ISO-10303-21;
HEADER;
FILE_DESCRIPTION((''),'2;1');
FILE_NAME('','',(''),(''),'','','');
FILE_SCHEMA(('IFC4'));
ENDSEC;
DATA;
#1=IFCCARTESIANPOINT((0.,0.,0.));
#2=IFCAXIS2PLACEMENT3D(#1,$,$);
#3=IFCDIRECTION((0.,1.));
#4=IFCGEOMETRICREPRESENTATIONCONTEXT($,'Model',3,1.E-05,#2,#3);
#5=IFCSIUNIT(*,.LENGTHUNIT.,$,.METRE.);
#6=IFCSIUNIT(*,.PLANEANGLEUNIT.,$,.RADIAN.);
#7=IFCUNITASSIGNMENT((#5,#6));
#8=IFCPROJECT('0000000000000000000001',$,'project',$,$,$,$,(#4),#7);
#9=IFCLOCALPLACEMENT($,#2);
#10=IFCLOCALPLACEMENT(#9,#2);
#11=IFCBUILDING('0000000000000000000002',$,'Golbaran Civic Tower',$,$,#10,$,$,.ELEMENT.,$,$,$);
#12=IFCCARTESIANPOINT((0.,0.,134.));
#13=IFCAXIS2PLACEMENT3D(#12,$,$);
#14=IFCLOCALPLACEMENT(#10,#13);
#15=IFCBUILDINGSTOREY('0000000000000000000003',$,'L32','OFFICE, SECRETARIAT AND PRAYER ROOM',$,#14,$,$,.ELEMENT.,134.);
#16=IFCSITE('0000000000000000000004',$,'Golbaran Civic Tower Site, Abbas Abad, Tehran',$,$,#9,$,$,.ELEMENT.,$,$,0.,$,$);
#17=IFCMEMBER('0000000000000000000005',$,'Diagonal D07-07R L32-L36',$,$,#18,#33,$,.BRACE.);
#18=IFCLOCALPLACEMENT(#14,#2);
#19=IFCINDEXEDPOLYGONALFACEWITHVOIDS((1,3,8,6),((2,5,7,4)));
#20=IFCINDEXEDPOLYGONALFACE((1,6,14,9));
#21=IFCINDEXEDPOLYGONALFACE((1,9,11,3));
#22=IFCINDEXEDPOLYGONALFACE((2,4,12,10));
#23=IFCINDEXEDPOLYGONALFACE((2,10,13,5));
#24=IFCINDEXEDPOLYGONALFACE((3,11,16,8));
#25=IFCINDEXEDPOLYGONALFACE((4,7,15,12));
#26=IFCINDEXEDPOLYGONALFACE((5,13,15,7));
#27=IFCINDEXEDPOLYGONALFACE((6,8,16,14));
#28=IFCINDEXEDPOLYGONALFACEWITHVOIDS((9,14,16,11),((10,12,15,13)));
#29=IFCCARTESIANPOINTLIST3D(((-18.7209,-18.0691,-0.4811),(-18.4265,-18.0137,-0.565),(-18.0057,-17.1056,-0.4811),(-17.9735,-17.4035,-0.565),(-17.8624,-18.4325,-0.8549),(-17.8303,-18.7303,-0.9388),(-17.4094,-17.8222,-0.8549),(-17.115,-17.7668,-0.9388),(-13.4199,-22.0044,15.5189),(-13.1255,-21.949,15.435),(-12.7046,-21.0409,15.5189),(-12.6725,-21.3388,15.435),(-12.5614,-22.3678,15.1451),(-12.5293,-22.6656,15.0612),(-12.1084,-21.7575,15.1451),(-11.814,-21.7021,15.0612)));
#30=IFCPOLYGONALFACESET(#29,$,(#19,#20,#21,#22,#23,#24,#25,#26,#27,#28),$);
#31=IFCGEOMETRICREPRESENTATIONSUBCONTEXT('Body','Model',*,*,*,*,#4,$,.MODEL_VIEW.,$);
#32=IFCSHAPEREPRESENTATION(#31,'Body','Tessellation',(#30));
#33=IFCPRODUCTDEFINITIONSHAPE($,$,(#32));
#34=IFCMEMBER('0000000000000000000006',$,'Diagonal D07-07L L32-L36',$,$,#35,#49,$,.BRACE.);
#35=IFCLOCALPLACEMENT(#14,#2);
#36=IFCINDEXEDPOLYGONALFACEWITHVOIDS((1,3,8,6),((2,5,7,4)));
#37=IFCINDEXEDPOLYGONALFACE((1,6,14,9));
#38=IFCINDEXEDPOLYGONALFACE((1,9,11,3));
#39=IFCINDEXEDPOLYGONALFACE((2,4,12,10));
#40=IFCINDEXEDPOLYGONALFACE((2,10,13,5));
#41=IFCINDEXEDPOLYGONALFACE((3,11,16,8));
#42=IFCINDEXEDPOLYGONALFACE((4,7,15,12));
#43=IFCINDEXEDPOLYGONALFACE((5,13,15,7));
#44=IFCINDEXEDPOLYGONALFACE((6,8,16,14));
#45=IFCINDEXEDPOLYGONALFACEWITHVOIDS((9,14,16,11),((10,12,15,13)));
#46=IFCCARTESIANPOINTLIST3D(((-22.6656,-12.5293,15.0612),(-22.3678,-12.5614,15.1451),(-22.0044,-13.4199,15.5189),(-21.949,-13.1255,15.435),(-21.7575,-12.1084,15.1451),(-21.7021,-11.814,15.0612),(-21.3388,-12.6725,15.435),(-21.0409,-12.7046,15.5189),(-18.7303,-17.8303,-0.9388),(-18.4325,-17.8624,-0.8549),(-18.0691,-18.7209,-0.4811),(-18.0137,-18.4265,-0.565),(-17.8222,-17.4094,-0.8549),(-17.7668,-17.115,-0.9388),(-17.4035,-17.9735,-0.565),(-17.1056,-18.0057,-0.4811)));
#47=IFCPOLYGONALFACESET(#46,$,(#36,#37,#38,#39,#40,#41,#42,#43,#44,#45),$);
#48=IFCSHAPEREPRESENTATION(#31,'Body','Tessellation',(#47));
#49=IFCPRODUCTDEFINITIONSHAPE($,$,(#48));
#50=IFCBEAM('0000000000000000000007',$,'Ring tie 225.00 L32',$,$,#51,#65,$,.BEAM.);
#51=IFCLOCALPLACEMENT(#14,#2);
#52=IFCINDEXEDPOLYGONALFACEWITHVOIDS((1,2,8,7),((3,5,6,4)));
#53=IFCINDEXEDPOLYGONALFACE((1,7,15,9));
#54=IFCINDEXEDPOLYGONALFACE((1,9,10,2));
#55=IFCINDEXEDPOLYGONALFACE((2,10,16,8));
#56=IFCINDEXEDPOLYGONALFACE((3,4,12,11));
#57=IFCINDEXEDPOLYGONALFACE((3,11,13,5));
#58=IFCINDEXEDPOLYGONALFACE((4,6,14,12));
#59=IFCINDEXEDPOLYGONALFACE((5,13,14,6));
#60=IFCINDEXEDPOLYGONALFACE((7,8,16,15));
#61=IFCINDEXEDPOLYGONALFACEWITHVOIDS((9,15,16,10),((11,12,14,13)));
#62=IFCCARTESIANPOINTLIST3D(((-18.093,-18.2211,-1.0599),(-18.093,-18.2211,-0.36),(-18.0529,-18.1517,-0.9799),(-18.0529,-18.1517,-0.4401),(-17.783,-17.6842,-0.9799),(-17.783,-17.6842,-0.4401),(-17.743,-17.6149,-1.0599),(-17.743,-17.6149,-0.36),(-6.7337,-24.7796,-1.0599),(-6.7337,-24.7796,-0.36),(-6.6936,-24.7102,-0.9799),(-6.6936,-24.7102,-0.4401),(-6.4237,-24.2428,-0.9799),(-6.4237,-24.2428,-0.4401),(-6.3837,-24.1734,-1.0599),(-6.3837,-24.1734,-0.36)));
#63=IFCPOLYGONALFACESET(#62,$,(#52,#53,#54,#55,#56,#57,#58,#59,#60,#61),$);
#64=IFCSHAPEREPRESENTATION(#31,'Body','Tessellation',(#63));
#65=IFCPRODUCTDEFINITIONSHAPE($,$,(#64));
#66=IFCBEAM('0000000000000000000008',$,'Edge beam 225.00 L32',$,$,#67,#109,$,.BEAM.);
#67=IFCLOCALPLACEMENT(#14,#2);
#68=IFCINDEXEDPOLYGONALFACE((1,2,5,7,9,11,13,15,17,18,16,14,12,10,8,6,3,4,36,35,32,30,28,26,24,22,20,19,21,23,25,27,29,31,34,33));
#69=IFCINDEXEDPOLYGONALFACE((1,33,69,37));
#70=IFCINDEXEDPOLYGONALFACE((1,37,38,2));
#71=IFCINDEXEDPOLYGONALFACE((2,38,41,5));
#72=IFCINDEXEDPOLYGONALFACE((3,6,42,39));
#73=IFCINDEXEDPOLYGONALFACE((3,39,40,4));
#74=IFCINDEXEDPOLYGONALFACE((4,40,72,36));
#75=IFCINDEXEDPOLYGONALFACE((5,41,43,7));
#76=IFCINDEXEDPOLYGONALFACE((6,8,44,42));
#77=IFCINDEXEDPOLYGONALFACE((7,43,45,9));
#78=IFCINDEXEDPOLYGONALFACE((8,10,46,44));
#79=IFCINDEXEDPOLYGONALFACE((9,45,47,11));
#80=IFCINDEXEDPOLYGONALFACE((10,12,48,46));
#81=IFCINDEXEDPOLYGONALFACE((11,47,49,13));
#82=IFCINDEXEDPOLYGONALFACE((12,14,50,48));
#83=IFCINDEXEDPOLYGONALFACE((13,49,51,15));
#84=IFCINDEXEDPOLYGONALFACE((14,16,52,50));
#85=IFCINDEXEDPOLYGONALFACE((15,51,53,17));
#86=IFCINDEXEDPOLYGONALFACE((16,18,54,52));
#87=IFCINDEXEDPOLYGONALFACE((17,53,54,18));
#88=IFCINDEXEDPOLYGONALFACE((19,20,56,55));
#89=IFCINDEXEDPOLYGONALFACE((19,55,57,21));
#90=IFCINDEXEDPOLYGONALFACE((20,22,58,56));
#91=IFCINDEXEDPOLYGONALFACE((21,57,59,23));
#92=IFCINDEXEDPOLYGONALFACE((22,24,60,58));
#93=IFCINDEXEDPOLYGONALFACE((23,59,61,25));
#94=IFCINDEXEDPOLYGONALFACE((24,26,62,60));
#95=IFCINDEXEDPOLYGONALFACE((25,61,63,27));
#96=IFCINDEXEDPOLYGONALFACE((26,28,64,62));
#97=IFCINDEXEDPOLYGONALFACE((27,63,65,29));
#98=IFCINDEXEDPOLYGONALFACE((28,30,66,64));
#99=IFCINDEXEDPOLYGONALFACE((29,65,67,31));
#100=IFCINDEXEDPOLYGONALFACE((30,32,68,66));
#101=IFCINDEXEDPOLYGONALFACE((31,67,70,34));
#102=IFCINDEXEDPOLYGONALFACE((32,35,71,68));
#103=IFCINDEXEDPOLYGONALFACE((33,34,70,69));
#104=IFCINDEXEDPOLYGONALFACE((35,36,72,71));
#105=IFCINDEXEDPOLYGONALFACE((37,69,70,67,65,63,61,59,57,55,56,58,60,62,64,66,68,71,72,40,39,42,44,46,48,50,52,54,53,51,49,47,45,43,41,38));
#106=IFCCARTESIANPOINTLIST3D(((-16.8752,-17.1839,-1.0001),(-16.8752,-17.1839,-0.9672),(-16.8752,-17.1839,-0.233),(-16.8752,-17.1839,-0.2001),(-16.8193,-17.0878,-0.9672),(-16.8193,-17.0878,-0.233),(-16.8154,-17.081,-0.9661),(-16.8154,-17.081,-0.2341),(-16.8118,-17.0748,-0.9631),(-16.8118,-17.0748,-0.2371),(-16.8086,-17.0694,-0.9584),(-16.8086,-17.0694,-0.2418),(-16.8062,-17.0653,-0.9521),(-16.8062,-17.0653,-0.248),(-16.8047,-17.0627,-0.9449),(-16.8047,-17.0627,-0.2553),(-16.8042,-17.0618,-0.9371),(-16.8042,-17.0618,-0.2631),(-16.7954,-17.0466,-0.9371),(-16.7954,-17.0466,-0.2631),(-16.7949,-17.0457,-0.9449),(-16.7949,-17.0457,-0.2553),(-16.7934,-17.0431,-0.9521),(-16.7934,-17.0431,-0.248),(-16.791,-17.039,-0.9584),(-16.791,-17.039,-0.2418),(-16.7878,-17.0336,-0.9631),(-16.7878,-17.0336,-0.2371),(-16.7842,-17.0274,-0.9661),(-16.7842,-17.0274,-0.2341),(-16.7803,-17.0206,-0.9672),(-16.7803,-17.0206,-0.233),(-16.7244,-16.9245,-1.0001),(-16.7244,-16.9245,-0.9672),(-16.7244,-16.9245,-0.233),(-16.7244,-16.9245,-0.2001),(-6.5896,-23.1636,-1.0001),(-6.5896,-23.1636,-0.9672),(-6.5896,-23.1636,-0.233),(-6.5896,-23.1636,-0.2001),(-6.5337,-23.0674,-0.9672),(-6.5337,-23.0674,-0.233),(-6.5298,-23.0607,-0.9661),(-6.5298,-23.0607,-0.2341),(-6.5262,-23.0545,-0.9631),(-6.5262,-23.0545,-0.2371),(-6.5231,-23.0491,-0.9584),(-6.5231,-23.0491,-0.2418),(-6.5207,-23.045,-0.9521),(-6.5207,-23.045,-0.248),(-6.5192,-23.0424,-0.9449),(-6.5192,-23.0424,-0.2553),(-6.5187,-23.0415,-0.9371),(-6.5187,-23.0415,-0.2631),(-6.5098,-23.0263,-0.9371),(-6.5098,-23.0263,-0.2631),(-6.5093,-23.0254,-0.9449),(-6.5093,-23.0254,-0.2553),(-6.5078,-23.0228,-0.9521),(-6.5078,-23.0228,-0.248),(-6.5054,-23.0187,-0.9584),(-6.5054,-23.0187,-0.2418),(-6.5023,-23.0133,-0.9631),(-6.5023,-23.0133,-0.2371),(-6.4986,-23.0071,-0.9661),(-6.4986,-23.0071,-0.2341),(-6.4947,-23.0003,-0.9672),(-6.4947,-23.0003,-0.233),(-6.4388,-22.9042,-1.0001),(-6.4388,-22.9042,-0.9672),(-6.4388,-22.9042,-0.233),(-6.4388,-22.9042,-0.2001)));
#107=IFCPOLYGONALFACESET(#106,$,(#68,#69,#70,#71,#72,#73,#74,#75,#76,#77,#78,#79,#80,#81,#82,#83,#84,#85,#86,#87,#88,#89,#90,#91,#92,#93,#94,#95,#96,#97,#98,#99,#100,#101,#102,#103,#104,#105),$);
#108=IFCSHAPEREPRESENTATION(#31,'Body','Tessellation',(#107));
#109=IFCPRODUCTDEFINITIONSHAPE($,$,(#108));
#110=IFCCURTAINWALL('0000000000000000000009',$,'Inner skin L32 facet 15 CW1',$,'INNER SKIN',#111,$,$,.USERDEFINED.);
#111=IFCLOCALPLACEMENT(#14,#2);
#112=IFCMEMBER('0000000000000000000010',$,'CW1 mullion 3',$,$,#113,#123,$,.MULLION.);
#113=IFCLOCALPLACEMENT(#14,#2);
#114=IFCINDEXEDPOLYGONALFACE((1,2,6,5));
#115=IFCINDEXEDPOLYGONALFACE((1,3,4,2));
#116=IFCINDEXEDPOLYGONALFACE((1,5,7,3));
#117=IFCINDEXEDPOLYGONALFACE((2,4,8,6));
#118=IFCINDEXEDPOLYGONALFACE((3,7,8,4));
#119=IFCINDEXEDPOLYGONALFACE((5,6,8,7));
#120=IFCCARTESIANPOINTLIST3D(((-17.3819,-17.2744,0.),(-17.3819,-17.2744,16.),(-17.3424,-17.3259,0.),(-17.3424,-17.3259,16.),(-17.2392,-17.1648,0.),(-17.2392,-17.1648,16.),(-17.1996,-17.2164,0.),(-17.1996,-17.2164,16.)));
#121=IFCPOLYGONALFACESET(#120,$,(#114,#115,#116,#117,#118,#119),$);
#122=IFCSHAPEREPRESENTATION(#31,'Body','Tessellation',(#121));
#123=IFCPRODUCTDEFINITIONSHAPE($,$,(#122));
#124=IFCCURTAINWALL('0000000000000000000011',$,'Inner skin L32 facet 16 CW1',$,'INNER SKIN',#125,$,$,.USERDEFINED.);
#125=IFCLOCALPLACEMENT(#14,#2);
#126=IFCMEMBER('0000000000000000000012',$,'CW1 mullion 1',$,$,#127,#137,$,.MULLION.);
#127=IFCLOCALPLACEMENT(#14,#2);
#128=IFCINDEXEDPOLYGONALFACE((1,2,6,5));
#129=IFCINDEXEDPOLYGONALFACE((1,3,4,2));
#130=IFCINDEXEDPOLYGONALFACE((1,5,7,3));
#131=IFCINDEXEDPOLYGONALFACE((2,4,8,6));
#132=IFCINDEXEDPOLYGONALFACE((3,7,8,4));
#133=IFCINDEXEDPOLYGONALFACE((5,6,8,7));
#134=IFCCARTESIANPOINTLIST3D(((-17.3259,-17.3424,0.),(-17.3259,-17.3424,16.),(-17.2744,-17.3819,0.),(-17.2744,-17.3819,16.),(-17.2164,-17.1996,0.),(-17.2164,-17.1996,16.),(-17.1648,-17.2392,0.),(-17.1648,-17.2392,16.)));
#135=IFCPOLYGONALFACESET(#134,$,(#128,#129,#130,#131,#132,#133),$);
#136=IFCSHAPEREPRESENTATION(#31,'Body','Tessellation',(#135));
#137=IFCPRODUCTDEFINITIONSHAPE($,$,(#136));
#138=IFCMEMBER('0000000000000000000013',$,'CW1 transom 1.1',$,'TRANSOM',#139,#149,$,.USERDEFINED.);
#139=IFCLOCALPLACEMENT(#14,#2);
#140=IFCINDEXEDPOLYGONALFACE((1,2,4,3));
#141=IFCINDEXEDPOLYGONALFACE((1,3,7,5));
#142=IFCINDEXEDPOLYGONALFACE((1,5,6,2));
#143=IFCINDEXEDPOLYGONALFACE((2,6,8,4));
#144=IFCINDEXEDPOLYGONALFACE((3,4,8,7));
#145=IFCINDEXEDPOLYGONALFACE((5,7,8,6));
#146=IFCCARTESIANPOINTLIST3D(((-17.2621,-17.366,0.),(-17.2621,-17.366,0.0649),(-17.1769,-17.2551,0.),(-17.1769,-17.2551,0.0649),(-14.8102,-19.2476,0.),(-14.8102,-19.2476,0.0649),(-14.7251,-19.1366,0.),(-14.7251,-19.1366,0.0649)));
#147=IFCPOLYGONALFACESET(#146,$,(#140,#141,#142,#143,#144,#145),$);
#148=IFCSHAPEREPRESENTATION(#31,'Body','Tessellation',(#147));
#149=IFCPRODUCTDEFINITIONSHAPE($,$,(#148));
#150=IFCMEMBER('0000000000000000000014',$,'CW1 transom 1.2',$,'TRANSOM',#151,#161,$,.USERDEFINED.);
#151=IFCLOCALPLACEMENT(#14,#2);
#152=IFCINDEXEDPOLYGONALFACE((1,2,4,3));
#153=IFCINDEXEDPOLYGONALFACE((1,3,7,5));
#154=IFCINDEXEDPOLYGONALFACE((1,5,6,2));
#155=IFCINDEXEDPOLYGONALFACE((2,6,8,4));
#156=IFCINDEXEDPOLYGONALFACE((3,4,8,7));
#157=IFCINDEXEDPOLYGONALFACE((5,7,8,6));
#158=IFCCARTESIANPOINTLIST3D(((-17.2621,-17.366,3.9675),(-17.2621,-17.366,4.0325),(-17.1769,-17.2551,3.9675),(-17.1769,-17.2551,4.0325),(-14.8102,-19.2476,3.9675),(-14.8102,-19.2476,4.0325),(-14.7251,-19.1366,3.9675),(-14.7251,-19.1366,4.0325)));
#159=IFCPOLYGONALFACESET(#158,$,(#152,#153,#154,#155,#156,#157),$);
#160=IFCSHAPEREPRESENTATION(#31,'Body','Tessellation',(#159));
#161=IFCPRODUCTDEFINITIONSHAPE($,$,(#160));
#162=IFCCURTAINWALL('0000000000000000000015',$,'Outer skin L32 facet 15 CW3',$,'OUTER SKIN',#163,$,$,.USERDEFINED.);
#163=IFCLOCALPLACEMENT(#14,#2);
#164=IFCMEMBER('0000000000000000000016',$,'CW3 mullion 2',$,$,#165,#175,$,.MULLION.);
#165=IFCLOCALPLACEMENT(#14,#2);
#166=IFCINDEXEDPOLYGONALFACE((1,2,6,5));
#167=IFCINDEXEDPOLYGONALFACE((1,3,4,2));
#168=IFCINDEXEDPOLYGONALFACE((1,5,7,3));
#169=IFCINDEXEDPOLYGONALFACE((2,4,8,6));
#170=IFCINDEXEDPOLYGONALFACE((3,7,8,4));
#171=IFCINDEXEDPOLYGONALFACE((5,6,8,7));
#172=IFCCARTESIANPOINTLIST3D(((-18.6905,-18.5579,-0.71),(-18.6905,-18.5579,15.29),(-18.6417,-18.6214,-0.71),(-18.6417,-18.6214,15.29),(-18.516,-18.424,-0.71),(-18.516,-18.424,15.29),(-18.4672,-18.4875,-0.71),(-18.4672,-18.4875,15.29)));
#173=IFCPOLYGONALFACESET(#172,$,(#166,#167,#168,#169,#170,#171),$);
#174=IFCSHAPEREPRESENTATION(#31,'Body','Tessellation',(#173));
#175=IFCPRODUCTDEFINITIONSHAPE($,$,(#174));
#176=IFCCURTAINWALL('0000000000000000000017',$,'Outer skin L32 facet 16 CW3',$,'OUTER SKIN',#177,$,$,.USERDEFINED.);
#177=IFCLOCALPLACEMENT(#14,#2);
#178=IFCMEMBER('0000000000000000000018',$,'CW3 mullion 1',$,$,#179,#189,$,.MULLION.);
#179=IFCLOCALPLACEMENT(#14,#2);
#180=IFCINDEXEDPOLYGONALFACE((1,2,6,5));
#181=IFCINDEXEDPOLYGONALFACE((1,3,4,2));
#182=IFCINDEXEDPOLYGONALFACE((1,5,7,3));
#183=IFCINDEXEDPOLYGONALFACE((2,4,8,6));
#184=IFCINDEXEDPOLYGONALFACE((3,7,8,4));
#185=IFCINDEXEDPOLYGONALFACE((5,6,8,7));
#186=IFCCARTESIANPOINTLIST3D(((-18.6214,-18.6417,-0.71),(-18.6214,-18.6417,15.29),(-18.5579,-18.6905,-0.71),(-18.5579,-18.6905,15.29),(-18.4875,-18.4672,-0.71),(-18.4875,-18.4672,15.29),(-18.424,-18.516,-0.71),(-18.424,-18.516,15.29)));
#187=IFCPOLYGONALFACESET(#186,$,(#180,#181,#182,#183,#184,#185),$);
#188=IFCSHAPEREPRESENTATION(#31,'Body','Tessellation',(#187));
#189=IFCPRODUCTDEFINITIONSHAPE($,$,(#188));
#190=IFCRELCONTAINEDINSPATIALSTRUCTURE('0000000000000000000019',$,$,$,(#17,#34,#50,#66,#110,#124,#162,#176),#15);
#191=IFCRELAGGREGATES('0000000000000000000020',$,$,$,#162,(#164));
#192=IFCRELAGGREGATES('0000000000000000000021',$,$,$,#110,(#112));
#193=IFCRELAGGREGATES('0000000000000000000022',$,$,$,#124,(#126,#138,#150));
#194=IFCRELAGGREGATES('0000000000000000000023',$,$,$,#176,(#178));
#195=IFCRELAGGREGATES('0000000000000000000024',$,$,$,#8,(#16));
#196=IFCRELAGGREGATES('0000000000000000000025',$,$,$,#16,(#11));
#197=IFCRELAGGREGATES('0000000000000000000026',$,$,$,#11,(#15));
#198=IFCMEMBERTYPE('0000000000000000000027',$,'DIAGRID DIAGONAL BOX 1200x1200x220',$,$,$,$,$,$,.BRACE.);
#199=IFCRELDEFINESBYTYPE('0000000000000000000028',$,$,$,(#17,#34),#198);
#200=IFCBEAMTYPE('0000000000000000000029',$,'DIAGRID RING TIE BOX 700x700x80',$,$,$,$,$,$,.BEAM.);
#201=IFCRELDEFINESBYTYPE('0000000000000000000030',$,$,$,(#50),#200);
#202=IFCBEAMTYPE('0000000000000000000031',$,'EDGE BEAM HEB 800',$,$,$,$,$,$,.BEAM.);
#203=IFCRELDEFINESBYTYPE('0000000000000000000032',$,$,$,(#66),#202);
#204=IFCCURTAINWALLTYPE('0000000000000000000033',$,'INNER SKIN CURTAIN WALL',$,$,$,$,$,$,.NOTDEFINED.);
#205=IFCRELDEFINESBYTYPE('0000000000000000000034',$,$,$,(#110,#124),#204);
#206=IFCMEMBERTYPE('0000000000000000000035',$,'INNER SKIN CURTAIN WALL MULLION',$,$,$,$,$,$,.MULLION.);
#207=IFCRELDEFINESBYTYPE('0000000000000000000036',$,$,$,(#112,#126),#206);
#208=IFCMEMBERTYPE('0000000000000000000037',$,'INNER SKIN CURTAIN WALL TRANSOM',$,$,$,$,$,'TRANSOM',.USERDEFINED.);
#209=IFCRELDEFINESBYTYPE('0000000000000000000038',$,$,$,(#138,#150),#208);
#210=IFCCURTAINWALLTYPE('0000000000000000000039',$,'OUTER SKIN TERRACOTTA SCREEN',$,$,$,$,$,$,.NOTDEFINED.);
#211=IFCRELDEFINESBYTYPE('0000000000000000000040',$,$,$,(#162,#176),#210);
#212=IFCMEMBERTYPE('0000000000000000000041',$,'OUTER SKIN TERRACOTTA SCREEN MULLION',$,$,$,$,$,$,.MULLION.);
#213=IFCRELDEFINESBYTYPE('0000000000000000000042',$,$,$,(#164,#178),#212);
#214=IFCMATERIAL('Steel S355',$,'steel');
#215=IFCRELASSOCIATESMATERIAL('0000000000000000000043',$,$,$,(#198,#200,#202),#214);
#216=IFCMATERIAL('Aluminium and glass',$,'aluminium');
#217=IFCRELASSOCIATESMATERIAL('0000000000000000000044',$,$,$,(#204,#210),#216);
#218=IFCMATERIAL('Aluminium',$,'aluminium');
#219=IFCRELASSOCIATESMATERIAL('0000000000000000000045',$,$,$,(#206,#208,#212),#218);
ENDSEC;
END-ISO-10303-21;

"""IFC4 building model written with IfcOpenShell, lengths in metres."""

from ifc_helpers import new_model, si_unit, direction, frame, origin, origin_2d, place, context, subcontext, project, spatial, rectangle, hollow_rectangle, i_section, extrude, material, material_profile, profile_set, type_object, element, aggregate, save


model = new_model("IFC4")

# Units and contexts
model_context = context("Model", 3, precision=1e-05, world=origin(), true_north=direction((0.0, 1.0)))
body_context = subcontext(model_context, "Body", "Model", "MODEL_VIEW")
ifc_project = project(units=[si_unit("LENGTHUNIT", "METRE"), si_unit("PLANEANGLEUNIT", "RADIAN")], contexts=[model_context])

# Site, building, storey
site_placement = place(None, origin())
site = spatial("IfcSite", under=ifc_project, at=site_placement, Name="Golbaran Civic Tower Site, Abbas Abad, Tehran", CompositionType="ELEMENT", RefElevation=0.0)
building_placement = place(site_placement, origin())
building = spatial("IfcBuilding", under=site, at=building_placement, Name="Golbaran Civic Tower", CompositionType="ELEMENT")
storey_placement = place(building_placement, frame((0.0, 0.0, 134.0)))
storey = spatial("IfcBuildingStorey", under=building, at=storey_placement, Name="L32", Description="OFFICE, SECRETARIAT AND PRAYER ROOM", CompositionType="ELEMENT", Elevation=134.0)

# Members
ifc_material_1 = material(Name="Steel S355", Category="steel")
ifc_material_profile_1 = material_profile(ifc_material_1, hollow_rectangle(XDim=1.2, YDim=1.2, WallThickness=0.22, at=origin_2d()), Name="BOX 1200x1200x220")
ifc_profile_set_1 = profile_set([ifc_material_profile_1], Name="Steel S355")
member_type_1 = type_object("IfcMemberType", Name="DIAGRID DIAGONAL BOX 1200x1200x220", PredefinedType="BRACE", material=ifc_profile_set_1)
for number, where, z_axis, x_axis, name in (
    (1, (-17.918, -17.918, -0.71), (0.306265, -0.227361, 0.924396), (0.59607, 0.802932, 0.0), "Diagonal D07-07R L32-L36"),
    (2, (-17.918, -17.918, -0.71), (-0.227361, 0.306265, 0.924396), (-0.802932, -0.59607, 0.0), "Diagonal D07-07L L32-L36"),
):
    element("IfcMember", number, at=place(storey_placement, frame(where, z_axis=z_axis, x_axis=x_axis)), inside=storey, type_object=member_type_1, Name=name, PredefinedType="BRACE", context=body_context, shape_type="SweptSolid", body=[
        extrude(hollow_rectangle(XDim=1.2, YDim=1.2, WallThickness=0.22, at=origin_2d()), origin(), (0.0, 0.0, 1.0), 17.3086),
    ])

# Beams
ifc_material_profile_2 = material_profile(ifc_material_1, hollow_rectangle(XDim=0.7, YDim=0.7, WallThickness=0.0801, at=origin_2d()), Name="BOX 700x700x80")
ifc_profile_set_2 = profile_set([ifc_material_profile_2], Name="Steel S355")
beam_type_1 = type_object("IfcBeamType", Name="DIAGRID RING TIE BOX 700x700x80", PredefinedType="BEAM", material=ifc_profile_set_2)
beam_1_placement = place(storey_placement, frame((-17.918, -17.918, -0.71), z_axis=(0.866017, -0.500015, 0.0), x_axis=(0.500015, 0.866017, 0.0)))
element("IfcBeam", 3, at=beam_1_placement, inside=storey, type_object=beam_type_1, Name="Ring tie 225.00 L32", PredefinedType="BEAM", context=body_context, shape_type="SweptSolid", body=[
    extrude(hollow_rectangle(XDim=0.7, YDim=0.7, WallThickness=0.0801, at=origin_2d()), origin(), (0.0, 0.0, 1.0), 13.1167),
])
ifc_material_profile_3 = material_profile(ifc_material_1, i_section(OverallWidth=0.3, OverallDepth=0.8, WebThickness=0.0176, FlangeThickness=0.033, FilletRadius=0.03, at=origin_2d()), Name="HEB 800")
ifc_profile_set_3 = profile_set([ifc_material_profile_3], Name="Steel S355")
beam_type_2 = type_object("IfcBeamType", Name="EDGE BEAM HEB 800", PredefinedType="BEAM", material=ifc_profile_set_3)
beam_2_placement = place(storey_placement, frame((-16.7998, -17.0542, -0.6001), z_axis=(0.864518, -0.502602, 0.0), x_axis=(0.502602, 0.864518, 0.0)))
element("IfcBeam", 4, at=beam_2_placement, inside=storey, type_object=beam_type_2, Name="Edge beam 225.00 L32", PredefinedType="BEAM", context=body_context, shape_type="SweptSolid", body=[
    extrude(i_section(OverallWidth=0.3, OverallDepth=0.8, WebThickness=0.0176, FlangeThickness=0.033, FilletRadius=0.03, at=origin_2d()), origin(), (0.0, 0.0, 1.0), 11.8975),
])

# Curtain wall, member
ifc_material_2 = material(Name="Aluminium and glass", Category="aluminium")
curtain_wall_type_1 = type_object("IfcCurtainWallType", Name="INNER SKIN CURTAIN WALL", PredefinedType="NOTDEFINED", material=ifc_material_2)
curtain_wall_1_placement = place(storey_placement, origin())
curtain_wall_1 = element("IfcCurtainWall", 5, at=curtain_wall_1_placement, inside=storey, type_object=curtain_wall_type_1, Name="Inner skin L32 facet 15 CW1", ObjectType="INNER SKIN", PredefinedType="USERDEFINED")
ifc_material_3 = material(Name="Aluminium", Category="aluminium")
ifc_material_profile_4 = material_profile(ifc_material_3, rectangle(XDim=0.1799, YDim=0.0649, at=origin_2d()), Name="INNER SKIN CURTAIN WALL MULLION")
ifc_profile_set_4 = profile_set([ifc_material_profile_4], Name="Aluminium")
member_type_2 = type_object("IfcMemberType", Name="INNER SKIN CURTAIN WALL MULLION", PredefinedType="MULLION", material=ifc_profile_set_4)
member_1_placement = place(storey_placement, frame((-17.2908, -17.2454, 0.0), z_axis=(0.0, 0.0, 1.0), x_axis=(0.793353, 0.608761, 0.0)))
member_1 = element("IfcMember", 6, at=member_1_placement, type_object=member_type_2, Name="CW1 mullion 3", PredefinedType="MULLION", context=body_context, shape_type="SweptSolid", body=[
    extrude(rectangle(XDim=0.1799, YDim=0.0649, at=origin_2d()), origin(), (0.0, 0.0, 1.0), 16.0),
])

# Curtain wall, members
curtain_wall_2_placement = place(storey_placement, origin())
curtain_wall_2 = element("IfcCurtainWall", 7, at=curtain_wall_2_placement, inside=storey, type_object=curtain_wall_type_1, Name="Inner skin L32 facet 16 CW1", ObjectType="INNER SKIN", PredefinedType="USERDEFINED")
member_2_placement = place(storey_placement, frame((-17.2454, -17.2908, 0.0), z_axis=(0.0, 0.0, 1.0), x_axis=(0.608761, 0.793353, 0.0)))
member_2 = element("IfcMember", 8, at=member_2_placement, type_object=member_type_2, Name="CW1 mullion 1", PredefinedType="MULLION", context=body_context, shape_type="SweptSolid", body=[
    extrude(rectangle(XDim=0.1799, YDim=0.0649, at=origin_2d()), origin(), (0.0, 0.0, 1.0), 16.0),
])
ifc_material_profile_5 = material_profile(ifc_material_3, rectangle(XDim=0.1399, YDim=0.0649, at=origin_2d()), Name="INNER SKIN CURTAIN WALL TRANSOM")
ifc_profile_set_5 = profile_set([ifc_material_profile_5], Name="Aluminium")
member_type_3 = type_object("IfcMemberType", Name="INNER SKIN CURTAIN WALL TRANSOM", ElementType="TRANSOM", PredefinedType="USERDEFINED", material=ifc_profile_set_5)
member_3_placement = place(storey_placement, frame((-17.2195, -17.3105, 0.0325), z_axis=(0.793325, -0.608798, 0.0), x_axis=(0.608798, 0.793325, 0.0)))
member_3 = element("IfcMember", 9, at=member_3_placement, type_object=member_type_3, Name="CW1 transom 1.1", ObjectType="TRANSOM", PredefinedType="USERDEFINED", context=body_context, shape_type="SweptSolid", body=[
    extrude(rectangle(XDim=0.1399, YDim=0.0649, at=origin_2d()), origin(), (0.0, 0.0, 1.0), 3.0906),
])
member_4_placement = place(storey_placement, frame((-17.2195, -17.3105, 4.0), z_axis=(0.793325, -0.608798, 0.0), x_axis=(0.608798, 0.793325, 0.0)))
member_4 = element("IfcMember", 10, at=member_4_placement, type_object=member_type_3, Name="CW1 transom 1.2", ObjectType="TRANSOM", PredefinedType="USERDEFINED", context=body_context, shape_type="SweptSolid", body=[
    extrude(rectangle(XDim=0.1399, YDim=0.0649, at=origin_2d()), origin(), (0.0, 0.0, 1.0), 3.0906),
])

# Curtain wall, member
curtain_wall_type_2 = type_object("IfcCurtainWallType", Name="OUTER SKIN TERRACOTTA SCREEN", PredefinedType="NOTDEFINED", material=ifc_material_2)
curtain_wall_3_placement = place(storey_placement, origin())
curtain_wall_3 = element("IfcCurtainWall", 11, at=curtain_wall_3_placement, inside=storey, type_object=curtain_wall_type_2, Name="Outer skin L32 facet 15 CW3", ObjectType="OUTER SKIN", PredefinedType="USERDEFINED")
ifc_material_profile_6 = material_profile(ifc_material_3, rectangle(XDim=0.22, YDim=0.0801, at=origin_2d()), Name="OUTER SKIN TERRACOTTA SCREEN MULLION")
ifc_profile_set_6 = profile_set([ifc_material_profile_6], Name="Aluminium")
member_type_4 = type_object("IfcMemberType", Name="OUTER SKIN TERRACOTTA SCREEN MULLION", PredefinedType="MULLION", material=ifc_profile_set_6)
member_5_placement = place(storey_placement, frame((-18.5789, -18.5227, -0.71), z_axis=(0.0, 0.0, 1.0), x_axis=(0.793353, 0.608761, 0.0)))
member_5 = element("IfcMember", 12, at=member_5_placement, type_object=member_type_4, Name="CW3 mullion 2", PredefinedType="MULLION", context=body_context, shape_type="SweptSolid", body=[
    extrude(rectangle(XDim=0.22, YDim=0.0801, at=origin_2d()), origin(), (0.0, 0.0, 1.0), 16.0),
])
aggregate(curtain_wall_3, [member_5])

# Curtain wall, member
curtain_wall_4_placement = place(storey_placement, origin())
curtain_wall_4 = element("IfcCurtainWall", 13, at=curtain_wall_4_placement, inside=storey, type_object=curtain_wall_type_2, Name="Outer skin L32 facet 16 CW3", ObjectType="OUTER SKIN", PredefinedType="USERDEFINED")
member_6_placement = place(storey_placement, frame((-18.5227, -18.5789, -0.71), z_axis=(0.0, 0.0, 1.0), x_axis=(0.608761, 0.793353, 0.0)))
member_6 = element("IfcMember", 14, at=member_6_placement, type_object=member_type_4, Name="CW3 mullion 1", PredefinedType="MULLION", context=body_context, shape_type="SweptSolid", body=[
    extrude(rectangle(XDim=0.22, YDim=0.0801, at=origin_2d()), origin(), (0.0, 0.0, 1.0), 16.0),
])

aggregate(curtain_wall_1, [member_1])
aggregate(curtain_wall_2, [member_2, member_3, member_4])
aggregate(curtain_wall_4, [member_6])

save(model, "model.ifc")
